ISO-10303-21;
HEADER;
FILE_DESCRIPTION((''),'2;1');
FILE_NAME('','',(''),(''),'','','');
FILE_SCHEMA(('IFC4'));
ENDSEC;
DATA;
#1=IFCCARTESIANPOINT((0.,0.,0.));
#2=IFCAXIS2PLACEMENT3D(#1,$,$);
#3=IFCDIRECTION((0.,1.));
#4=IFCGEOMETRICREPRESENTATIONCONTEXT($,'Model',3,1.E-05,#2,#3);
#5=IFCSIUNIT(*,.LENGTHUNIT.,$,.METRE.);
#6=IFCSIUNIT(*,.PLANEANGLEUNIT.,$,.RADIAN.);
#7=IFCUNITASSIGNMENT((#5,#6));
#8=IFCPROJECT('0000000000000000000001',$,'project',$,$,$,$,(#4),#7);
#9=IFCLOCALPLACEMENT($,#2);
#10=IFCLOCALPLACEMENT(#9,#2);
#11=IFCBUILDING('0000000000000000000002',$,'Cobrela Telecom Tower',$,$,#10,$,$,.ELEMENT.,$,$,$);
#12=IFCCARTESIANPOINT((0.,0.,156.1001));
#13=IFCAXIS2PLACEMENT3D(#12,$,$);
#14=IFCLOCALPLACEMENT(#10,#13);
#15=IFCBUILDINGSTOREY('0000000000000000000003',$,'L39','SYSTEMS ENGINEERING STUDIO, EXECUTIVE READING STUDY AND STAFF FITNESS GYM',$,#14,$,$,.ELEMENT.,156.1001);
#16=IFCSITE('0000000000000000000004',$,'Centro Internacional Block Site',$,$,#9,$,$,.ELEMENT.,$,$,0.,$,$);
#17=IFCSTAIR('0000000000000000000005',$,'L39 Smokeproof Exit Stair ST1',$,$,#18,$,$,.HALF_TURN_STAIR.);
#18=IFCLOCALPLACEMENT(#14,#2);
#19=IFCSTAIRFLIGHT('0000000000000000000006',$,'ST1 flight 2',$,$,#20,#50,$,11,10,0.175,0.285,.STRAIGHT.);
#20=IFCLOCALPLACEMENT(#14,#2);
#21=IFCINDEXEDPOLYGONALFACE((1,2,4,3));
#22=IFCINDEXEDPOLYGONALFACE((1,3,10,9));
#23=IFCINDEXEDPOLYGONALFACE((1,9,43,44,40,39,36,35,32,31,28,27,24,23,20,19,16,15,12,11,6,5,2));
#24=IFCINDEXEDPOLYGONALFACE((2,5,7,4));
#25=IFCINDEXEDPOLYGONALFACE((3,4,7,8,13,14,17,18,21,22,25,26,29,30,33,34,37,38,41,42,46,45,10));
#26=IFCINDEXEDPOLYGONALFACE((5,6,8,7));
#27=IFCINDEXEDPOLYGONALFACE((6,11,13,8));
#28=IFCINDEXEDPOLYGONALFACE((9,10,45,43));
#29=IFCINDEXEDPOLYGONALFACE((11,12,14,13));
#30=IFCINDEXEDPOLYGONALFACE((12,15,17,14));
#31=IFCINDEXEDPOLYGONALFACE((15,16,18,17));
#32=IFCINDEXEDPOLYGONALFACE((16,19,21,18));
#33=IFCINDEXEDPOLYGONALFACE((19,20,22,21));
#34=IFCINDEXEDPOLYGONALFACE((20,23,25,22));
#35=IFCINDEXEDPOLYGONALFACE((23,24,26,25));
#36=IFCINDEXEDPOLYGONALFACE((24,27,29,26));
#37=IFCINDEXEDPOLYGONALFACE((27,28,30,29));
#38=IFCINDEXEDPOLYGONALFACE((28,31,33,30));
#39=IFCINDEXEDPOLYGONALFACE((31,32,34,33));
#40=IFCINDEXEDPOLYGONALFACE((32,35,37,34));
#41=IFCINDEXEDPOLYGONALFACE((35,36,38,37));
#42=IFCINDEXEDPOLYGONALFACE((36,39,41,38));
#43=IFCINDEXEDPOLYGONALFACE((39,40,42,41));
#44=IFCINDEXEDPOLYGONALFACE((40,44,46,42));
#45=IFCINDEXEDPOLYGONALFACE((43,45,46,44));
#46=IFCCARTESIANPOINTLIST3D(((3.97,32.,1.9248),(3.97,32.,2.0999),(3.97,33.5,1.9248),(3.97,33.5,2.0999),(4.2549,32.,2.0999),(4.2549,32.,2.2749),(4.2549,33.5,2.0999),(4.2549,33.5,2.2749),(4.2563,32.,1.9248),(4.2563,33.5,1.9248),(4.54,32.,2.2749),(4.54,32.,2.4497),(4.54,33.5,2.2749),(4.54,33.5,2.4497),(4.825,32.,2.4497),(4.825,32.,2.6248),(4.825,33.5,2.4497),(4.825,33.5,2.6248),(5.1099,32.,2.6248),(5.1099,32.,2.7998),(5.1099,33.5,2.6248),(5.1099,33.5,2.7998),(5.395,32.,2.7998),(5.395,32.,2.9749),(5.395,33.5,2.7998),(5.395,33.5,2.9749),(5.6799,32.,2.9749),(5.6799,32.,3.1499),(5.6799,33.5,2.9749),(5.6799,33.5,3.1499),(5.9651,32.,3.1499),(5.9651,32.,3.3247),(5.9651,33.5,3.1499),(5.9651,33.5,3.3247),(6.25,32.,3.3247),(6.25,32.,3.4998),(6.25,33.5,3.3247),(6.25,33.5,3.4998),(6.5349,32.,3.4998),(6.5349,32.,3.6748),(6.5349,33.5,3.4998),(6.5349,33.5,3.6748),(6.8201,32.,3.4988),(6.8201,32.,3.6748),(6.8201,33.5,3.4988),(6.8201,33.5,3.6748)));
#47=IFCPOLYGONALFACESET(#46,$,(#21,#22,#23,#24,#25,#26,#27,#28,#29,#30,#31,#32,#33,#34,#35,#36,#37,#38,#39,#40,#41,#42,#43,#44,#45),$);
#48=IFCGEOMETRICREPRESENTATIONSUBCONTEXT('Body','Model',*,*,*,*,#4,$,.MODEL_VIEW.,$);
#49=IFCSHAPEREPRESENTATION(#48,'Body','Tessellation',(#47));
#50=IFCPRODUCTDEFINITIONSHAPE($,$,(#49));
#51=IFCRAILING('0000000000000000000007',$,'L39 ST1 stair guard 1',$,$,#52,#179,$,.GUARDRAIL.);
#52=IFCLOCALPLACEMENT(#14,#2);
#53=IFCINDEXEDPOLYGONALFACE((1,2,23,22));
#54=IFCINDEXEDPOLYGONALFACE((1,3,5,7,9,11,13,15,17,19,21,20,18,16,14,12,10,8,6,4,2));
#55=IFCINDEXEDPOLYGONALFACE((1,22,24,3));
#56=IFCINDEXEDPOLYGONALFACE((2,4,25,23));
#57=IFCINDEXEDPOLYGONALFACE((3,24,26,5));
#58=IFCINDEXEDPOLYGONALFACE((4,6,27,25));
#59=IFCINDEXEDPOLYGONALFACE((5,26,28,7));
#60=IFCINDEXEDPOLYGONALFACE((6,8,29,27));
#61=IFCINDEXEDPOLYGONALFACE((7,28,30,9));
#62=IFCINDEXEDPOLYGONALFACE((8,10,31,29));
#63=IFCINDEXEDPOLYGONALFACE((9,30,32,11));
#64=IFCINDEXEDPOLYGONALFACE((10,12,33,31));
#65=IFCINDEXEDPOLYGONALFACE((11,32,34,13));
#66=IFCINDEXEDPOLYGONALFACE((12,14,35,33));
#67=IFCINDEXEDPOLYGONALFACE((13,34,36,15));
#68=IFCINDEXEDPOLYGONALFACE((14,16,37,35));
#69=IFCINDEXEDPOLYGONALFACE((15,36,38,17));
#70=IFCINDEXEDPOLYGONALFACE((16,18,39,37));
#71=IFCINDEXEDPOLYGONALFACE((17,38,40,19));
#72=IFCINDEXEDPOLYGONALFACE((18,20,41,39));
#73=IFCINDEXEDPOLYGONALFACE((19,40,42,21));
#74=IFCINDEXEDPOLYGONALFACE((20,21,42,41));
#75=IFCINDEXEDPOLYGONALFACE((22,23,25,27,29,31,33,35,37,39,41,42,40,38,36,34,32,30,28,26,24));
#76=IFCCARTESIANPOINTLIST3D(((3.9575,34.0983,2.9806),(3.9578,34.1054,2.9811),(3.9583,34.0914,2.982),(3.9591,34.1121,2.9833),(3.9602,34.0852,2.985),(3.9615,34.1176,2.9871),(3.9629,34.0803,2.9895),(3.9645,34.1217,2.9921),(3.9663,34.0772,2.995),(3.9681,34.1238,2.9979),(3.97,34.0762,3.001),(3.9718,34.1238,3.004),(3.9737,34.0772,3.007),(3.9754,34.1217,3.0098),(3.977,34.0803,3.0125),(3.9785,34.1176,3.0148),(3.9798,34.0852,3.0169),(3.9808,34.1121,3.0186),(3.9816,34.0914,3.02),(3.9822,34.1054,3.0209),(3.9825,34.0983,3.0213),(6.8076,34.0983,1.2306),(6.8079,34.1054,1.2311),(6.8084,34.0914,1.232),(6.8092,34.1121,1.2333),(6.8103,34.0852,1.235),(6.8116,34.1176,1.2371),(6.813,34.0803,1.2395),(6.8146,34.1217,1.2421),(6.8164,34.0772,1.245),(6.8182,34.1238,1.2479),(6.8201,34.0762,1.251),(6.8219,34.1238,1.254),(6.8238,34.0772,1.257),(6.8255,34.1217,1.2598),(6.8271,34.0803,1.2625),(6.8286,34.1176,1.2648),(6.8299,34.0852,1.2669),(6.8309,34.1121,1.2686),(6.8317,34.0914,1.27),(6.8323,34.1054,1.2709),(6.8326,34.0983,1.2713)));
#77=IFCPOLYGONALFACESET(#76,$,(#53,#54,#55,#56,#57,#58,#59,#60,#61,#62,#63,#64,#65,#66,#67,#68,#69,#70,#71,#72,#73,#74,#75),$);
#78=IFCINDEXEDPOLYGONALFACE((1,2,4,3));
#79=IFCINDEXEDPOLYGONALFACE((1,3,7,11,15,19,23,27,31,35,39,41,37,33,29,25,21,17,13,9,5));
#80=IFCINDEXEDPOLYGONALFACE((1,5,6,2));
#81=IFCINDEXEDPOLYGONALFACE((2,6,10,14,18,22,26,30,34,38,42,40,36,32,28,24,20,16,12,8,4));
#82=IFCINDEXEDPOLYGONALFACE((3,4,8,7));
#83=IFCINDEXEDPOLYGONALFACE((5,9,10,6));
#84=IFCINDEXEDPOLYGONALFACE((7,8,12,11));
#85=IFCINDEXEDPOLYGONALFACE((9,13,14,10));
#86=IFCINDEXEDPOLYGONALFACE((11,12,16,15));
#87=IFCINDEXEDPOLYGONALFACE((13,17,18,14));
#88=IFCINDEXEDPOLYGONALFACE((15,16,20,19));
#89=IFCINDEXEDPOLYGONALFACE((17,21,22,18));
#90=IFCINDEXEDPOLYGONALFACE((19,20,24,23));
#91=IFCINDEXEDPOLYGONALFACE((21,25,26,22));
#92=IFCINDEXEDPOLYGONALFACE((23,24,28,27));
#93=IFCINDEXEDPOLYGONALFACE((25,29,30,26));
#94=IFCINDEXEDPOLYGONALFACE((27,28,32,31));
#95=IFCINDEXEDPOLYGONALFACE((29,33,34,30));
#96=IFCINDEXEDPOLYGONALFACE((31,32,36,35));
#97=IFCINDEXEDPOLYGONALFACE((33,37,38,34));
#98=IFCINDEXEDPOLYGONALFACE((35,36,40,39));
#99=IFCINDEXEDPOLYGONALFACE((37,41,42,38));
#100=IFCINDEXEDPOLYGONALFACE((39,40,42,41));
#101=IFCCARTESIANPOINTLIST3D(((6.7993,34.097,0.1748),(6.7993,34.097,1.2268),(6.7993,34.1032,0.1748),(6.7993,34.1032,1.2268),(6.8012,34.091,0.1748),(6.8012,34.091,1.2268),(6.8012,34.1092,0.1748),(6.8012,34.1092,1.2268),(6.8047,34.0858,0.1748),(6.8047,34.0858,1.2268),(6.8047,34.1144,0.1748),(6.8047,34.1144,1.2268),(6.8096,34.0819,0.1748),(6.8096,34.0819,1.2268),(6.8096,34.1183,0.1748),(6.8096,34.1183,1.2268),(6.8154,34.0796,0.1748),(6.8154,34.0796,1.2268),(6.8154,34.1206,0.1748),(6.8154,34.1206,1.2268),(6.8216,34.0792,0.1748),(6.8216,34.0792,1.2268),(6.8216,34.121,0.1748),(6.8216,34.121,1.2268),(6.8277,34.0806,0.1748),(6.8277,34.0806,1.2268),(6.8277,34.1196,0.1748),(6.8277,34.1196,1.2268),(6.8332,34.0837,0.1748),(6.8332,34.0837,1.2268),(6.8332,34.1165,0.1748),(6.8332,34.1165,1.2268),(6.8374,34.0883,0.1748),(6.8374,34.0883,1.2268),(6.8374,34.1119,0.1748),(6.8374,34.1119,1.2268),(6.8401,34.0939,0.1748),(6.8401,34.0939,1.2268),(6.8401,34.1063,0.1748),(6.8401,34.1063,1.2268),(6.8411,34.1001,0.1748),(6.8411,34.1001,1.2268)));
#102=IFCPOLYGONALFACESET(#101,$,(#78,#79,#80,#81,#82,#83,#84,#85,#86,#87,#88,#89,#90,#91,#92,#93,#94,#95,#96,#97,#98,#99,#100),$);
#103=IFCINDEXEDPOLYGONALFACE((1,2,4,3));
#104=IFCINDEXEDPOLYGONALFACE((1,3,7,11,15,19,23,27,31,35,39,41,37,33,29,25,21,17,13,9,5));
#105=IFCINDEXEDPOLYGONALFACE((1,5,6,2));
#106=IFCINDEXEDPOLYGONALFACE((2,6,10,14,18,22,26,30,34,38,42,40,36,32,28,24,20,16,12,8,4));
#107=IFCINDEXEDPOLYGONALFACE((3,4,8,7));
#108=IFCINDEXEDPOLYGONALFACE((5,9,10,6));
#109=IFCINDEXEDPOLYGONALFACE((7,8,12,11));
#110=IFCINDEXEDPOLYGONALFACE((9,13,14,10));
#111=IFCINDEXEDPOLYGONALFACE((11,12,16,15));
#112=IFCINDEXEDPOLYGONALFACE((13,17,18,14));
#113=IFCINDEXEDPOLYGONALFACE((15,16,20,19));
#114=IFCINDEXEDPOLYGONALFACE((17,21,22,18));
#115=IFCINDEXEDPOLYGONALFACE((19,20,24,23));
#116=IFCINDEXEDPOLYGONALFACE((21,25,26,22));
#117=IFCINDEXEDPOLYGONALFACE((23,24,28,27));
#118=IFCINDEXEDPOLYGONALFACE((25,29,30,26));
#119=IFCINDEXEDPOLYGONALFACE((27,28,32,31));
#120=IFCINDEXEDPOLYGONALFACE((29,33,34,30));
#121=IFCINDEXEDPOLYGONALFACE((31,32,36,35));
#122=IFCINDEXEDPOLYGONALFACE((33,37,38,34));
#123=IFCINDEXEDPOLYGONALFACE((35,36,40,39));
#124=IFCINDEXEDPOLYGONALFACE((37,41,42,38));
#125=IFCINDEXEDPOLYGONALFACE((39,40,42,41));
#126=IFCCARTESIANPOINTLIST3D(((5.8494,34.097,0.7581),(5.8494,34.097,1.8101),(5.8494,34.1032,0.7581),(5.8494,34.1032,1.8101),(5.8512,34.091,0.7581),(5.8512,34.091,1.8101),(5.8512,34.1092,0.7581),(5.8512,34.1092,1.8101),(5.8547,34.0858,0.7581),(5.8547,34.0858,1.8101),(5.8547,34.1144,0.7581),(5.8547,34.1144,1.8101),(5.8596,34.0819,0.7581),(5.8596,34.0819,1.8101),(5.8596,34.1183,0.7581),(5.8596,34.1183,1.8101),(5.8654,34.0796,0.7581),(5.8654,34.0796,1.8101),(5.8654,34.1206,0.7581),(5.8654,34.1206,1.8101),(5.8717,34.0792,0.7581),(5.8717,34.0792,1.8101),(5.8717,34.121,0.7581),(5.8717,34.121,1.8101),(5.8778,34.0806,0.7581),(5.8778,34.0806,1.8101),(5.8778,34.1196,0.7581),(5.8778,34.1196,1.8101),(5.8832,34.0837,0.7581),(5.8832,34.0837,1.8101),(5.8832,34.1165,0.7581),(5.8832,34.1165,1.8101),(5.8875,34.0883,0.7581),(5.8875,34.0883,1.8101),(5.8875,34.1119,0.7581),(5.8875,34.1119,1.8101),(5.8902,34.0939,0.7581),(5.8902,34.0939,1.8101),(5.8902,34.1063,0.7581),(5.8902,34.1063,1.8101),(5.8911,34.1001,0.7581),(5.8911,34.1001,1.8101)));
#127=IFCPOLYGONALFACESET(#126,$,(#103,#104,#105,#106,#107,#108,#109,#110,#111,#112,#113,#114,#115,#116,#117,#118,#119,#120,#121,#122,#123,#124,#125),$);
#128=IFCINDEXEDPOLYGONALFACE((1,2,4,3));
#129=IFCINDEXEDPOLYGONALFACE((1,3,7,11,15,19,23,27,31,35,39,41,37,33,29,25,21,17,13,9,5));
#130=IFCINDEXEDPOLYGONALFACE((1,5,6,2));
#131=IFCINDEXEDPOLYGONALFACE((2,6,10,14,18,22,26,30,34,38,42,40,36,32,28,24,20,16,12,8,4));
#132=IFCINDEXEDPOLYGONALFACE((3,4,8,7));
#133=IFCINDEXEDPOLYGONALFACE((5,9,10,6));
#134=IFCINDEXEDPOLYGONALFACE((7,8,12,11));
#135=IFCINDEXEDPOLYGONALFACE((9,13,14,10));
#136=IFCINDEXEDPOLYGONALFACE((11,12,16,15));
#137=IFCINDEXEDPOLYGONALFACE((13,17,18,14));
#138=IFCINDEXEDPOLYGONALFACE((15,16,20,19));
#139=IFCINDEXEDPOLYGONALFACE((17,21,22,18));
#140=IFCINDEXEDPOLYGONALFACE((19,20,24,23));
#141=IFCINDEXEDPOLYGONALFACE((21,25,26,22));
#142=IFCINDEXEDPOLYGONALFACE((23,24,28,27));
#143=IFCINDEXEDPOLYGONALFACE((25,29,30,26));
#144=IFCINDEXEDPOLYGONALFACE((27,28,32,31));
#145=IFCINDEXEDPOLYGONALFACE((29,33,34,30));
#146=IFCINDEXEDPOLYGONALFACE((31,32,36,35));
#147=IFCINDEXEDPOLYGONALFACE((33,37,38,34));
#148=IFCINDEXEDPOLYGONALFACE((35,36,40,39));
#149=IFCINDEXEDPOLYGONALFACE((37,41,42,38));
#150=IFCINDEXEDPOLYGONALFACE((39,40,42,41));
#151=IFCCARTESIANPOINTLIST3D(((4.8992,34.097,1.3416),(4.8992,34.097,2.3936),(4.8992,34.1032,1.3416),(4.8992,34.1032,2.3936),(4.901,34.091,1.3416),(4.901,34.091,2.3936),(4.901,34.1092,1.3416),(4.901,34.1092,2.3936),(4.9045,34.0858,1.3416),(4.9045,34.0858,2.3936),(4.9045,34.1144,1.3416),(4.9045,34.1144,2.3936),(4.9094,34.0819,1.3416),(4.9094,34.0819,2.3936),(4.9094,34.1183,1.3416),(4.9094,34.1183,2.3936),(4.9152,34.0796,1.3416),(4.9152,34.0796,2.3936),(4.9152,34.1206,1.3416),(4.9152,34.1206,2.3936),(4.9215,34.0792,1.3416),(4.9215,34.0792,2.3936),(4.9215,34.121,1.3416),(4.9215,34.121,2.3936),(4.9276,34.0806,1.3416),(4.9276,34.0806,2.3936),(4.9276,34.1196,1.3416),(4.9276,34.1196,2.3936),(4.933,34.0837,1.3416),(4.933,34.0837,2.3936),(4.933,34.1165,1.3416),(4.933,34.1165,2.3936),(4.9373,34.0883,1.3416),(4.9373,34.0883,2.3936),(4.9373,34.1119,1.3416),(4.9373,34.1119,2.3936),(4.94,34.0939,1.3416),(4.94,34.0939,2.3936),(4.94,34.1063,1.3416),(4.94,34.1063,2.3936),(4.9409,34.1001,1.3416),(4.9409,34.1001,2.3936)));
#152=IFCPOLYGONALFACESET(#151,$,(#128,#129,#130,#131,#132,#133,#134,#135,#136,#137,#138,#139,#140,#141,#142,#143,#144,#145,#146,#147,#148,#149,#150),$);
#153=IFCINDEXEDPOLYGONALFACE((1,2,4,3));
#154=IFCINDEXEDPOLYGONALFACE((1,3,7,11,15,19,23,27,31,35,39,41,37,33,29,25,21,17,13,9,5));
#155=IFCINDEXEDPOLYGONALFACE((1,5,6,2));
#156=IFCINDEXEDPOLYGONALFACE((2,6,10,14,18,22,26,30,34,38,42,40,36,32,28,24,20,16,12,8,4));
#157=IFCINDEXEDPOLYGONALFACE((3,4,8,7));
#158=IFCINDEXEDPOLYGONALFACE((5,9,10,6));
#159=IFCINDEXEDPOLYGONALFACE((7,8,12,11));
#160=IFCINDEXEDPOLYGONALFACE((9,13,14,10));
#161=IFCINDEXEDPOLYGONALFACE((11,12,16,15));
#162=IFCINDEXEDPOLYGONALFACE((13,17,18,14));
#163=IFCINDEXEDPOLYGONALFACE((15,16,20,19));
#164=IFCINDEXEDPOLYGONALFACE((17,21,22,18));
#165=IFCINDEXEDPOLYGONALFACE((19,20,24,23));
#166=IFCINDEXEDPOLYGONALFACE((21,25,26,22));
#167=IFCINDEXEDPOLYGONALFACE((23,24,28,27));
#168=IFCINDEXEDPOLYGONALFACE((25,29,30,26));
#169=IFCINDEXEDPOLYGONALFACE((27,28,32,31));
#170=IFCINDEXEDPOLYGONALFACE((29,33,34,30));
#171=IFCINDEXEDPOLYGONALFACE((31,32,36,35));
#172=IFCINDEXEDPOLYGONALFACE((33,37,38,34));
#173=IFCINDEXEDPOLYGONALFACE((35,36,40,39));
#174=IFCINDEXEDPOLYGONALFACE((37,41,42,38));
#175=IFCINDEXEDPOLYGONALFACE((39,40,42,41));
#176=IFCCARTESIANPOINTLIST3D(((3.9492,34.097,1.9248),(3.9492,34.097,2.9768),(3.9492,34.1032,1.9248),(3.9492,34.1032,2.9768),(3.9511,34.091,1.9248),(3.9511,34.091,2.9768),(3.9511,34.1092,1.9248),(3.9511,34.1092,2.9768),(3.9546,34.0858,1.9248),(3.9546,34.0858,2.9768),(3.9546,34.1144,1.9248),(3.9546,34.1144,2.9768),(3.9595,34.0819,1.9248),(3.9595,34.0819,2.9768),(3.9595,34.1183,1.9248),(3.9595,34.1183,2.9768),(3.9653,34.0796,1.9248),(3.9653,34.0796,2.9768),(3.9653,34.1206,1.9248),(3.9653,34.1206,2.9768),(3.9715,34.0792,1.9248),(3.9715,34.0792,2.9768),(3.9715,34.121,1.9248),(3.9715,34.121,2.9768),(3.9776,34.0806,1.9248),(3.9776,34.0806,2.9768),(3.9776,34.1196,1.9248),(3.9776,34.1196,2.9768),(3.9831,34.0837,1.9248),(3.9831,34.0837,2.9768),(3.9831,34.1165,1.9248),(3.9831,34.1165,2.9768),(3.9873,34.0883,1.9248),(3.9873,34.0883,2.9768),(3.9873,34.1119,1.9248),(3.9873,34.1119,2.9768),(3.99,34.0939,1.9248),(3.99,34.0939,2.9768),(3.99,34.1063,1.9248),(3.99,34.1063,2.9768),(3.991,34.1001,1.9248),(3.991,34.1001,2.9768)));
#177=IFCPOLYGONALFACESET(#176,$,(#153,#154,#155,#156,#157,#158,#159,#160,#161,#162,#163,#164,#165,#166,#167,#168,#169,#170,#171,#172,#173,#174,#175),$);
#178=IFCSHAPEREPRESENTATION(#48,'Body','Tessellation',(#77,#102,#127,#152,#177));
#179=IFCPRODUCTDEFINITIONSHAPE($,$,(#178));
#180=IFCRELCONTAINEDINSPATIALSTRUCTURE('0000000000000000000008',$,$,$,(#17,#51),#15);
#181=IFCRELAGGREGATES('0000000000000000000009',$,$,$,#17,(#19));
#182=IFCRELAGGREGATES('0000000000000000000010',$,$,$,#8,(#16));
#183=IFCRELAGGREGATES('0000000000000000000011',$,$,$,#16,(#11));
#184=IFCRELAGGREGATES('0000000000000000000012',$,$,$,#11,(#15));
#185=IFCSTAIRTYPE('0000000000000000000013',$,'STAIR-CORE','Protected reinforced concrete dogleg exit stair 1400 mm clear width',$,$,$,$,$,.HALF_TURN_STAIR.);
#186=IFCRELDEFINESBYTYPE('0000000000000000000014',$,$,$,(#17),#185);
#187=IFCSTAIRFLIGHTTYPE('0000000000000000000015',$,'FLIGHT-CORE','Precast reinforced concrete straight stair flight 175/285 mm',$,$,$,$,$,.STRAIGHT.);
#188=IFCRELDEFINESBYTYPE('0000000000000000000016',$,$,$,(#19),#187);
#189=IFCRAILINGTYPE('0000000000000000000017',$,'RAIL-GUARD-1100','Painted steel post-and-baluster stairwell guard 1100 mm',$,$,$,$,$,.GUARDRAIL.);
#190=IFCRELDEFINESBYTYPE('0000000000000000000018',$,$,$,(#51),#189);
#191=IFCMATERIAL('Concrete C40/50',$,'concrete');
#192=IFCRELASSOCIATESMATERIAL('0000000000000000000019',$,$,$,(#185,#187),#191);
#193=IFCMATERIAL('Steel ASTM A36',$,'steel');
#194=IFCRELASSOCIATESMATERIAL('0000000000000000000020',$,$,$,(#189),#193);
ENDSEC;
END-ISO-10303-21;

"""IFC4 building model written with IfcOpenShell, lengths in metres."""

from ifc_helpers import new_model, si_unit, direction, frame, origin, origin_2d, place, context, subcontext, project, spatial, polyline, circle, outline, extrude, material, type_object, element, aggregate, save


model = new_model("IFC4")

# Units and contexts
model_context = context("Model", 3, precision=1e-05, world=origin(), true_north=direction((0.0, 1.0)))
body_context = subcontext(model_context, "Body", "Model", "MODEL_VIEW")
ifc_project = project(units=[si_unit("LENGTHUNIT", "METRE"), si_unit("PLANEANGLEUNIT", "RADIAN")], contexts=[model_context])

# Site, building, storey
site_placement = place(None, origin())
site = spatial("IfcSite", under=ifc_project, at=site_placement, Name="Centro Internacional Block Site", CompositionType="ELEMENT", RefElevation=0.0)
building_placement = place(site_placement, origin())
building = spatial("IfcBuilding", under=site, at=building_placement, Name="Cobrela Telecom Tower", CompositionType="ELEMENT")
storey_placement = place(building_placement, frame((0.0, 0.0, 156.1001)))
storey = spatial("IfcBuildingStorey", under=building, at=storey_placement, Name="L39", Description="SYSTEMS ENGINEERING STUDIO, EXECUTIVE READING STUDY AND STAFF FITNESS GYM", CompositionType="ELEMENT", Elevation=156.1001)

# Shared definitions
ifc_material_1 = material(Name="Steel ASTM A36", Category="steel")

# Shared definitions
ifc_material_2 = material(Name="Concrete C40/50", Category="concrete")

# Stair, stair flight
stair_type = type_object("IfcStairType", Name="STAIR-CORE", Description="Protected reinforced concrete dogleg exit stair 1400 mm clear width", PredefinedType="HALF_TURN_STAIR", material=ifc_material_2)
stair_placement = place(storey_placement, origin())
stair = element("IfcStair", 1, at=stair_placement, inside=storey, type_object=stair_type, Name="L39 Smokeproof Exit Stair ST1", PredefinedType="HALF_TURN_STAIR")
stair_flight_type = type_object("IfcStairFlightType", Name="FLIGHT-CORE", Description="Precast reinforced concrete straight stair flight 175/285 mm", PredefinedType="STRAIGHT", material=ifc_material_2)
stair_flight_1_placement = place(storey_placement, frame((3.97, 32.75, 1.9248), z_axis=(0.0, 0.0, 1.0), x_axis=(1.0, 0.0, 0.0)))
stair_flight_1 = element("IfcStairFlight", 2, at=stair_flight_1_placement, type_object=stair_flight_type, Name="ST1 flight 2", NumberOfRisers=11, NumberOfTreads=10, PredefinedType="STRAIGHT", RiserHeight=0.175, TreadLength=0.285, context=body_context, shape_type="SweptSolid", body=[
    extrude(outline(polyline([(0.0, 0.0), (0.0, 0.175), (0.2849, 0.175), (0.2849, 0.3501), (0.5701, 0.3501), (0.5701, 0.5249), (0.855, 0.5249), (0.855, 0.7), (1.1399, 0.7), (1.1399, 0.875), (1.425, 0.875), (1.425, 1.05), (1.71, 1.05), (1.71, 1.2251), (1.9951, 1.2251), (1.9951, 1.3999), (2.28, 1.3999), (2.28, 1.575), (2.5649, 1.575), (2.5649, 1.75), (2.8501, 1.75), (2.8501, 1.925), (2.8501, 1.574), (0.2864, 0.0), (0.0, 0.0)])), frame((0.0, 0.75, 0.0), z_axis=(0.0, -1.0, 0.0), x_axis=(1.0, 0.0, 0.0)), (0.0, 0.0, 1.0), 1.5),
])
aggregate(stair, [stair_flight_1])

# Railing
railing_type_1 = type_object("IfcRailingType", Name="RAIL-GUARD-1100", Description="Painted steel post-and-baluster stairwell guard 1100 mm", PredefinedType="GUARDRAIL", material=ifc_material_1)
railing_1_placement = place(storey_placement, frame((6.8201, 34.1001, 0.1748)))
element("IfcRailing", 3, at=railing_1_placement, inside=storey, type_object=railing_type_1, Name="L39 ST1 stair guard 1", PredefinedType="GUARDRAIL", context=body_context, shape_type="SweptSolid", body=[
    extrude(circle(Radius=0.0239, at=origin_2d()), frame((0.0, 0.0, 1.0762), z_axis=(-0.852179, 0.0, 0.52325), x_axis=(0.0, -1.0, 0.0)), (0.0, 0.0, 1.0), 3.3445),
    extrude(circle(Radius=0.021, at=origin_2d()), origin(), (0.0, 0.0, 1.0), 1.052),
    extrude(circle(Radius=0.021, at=origin_2d()), frame((-0.95, 0.0, 0.5833)), (0.0, 0.0, 1.0), 1.052),
    extrude(circle(Radius=0.021, at=origin_2d()), frame((-1.9001, 0.0, 1.1667)), (0.0, 0.0, 1.0), 1.052),
    extrude(circle(Radius=0.021, at=origin_2d()), frame((-2.8501, 0.0, 1.75)), (0.0, 0.0, 1.0), 1.052),
])

save(model, "model.ifc")
